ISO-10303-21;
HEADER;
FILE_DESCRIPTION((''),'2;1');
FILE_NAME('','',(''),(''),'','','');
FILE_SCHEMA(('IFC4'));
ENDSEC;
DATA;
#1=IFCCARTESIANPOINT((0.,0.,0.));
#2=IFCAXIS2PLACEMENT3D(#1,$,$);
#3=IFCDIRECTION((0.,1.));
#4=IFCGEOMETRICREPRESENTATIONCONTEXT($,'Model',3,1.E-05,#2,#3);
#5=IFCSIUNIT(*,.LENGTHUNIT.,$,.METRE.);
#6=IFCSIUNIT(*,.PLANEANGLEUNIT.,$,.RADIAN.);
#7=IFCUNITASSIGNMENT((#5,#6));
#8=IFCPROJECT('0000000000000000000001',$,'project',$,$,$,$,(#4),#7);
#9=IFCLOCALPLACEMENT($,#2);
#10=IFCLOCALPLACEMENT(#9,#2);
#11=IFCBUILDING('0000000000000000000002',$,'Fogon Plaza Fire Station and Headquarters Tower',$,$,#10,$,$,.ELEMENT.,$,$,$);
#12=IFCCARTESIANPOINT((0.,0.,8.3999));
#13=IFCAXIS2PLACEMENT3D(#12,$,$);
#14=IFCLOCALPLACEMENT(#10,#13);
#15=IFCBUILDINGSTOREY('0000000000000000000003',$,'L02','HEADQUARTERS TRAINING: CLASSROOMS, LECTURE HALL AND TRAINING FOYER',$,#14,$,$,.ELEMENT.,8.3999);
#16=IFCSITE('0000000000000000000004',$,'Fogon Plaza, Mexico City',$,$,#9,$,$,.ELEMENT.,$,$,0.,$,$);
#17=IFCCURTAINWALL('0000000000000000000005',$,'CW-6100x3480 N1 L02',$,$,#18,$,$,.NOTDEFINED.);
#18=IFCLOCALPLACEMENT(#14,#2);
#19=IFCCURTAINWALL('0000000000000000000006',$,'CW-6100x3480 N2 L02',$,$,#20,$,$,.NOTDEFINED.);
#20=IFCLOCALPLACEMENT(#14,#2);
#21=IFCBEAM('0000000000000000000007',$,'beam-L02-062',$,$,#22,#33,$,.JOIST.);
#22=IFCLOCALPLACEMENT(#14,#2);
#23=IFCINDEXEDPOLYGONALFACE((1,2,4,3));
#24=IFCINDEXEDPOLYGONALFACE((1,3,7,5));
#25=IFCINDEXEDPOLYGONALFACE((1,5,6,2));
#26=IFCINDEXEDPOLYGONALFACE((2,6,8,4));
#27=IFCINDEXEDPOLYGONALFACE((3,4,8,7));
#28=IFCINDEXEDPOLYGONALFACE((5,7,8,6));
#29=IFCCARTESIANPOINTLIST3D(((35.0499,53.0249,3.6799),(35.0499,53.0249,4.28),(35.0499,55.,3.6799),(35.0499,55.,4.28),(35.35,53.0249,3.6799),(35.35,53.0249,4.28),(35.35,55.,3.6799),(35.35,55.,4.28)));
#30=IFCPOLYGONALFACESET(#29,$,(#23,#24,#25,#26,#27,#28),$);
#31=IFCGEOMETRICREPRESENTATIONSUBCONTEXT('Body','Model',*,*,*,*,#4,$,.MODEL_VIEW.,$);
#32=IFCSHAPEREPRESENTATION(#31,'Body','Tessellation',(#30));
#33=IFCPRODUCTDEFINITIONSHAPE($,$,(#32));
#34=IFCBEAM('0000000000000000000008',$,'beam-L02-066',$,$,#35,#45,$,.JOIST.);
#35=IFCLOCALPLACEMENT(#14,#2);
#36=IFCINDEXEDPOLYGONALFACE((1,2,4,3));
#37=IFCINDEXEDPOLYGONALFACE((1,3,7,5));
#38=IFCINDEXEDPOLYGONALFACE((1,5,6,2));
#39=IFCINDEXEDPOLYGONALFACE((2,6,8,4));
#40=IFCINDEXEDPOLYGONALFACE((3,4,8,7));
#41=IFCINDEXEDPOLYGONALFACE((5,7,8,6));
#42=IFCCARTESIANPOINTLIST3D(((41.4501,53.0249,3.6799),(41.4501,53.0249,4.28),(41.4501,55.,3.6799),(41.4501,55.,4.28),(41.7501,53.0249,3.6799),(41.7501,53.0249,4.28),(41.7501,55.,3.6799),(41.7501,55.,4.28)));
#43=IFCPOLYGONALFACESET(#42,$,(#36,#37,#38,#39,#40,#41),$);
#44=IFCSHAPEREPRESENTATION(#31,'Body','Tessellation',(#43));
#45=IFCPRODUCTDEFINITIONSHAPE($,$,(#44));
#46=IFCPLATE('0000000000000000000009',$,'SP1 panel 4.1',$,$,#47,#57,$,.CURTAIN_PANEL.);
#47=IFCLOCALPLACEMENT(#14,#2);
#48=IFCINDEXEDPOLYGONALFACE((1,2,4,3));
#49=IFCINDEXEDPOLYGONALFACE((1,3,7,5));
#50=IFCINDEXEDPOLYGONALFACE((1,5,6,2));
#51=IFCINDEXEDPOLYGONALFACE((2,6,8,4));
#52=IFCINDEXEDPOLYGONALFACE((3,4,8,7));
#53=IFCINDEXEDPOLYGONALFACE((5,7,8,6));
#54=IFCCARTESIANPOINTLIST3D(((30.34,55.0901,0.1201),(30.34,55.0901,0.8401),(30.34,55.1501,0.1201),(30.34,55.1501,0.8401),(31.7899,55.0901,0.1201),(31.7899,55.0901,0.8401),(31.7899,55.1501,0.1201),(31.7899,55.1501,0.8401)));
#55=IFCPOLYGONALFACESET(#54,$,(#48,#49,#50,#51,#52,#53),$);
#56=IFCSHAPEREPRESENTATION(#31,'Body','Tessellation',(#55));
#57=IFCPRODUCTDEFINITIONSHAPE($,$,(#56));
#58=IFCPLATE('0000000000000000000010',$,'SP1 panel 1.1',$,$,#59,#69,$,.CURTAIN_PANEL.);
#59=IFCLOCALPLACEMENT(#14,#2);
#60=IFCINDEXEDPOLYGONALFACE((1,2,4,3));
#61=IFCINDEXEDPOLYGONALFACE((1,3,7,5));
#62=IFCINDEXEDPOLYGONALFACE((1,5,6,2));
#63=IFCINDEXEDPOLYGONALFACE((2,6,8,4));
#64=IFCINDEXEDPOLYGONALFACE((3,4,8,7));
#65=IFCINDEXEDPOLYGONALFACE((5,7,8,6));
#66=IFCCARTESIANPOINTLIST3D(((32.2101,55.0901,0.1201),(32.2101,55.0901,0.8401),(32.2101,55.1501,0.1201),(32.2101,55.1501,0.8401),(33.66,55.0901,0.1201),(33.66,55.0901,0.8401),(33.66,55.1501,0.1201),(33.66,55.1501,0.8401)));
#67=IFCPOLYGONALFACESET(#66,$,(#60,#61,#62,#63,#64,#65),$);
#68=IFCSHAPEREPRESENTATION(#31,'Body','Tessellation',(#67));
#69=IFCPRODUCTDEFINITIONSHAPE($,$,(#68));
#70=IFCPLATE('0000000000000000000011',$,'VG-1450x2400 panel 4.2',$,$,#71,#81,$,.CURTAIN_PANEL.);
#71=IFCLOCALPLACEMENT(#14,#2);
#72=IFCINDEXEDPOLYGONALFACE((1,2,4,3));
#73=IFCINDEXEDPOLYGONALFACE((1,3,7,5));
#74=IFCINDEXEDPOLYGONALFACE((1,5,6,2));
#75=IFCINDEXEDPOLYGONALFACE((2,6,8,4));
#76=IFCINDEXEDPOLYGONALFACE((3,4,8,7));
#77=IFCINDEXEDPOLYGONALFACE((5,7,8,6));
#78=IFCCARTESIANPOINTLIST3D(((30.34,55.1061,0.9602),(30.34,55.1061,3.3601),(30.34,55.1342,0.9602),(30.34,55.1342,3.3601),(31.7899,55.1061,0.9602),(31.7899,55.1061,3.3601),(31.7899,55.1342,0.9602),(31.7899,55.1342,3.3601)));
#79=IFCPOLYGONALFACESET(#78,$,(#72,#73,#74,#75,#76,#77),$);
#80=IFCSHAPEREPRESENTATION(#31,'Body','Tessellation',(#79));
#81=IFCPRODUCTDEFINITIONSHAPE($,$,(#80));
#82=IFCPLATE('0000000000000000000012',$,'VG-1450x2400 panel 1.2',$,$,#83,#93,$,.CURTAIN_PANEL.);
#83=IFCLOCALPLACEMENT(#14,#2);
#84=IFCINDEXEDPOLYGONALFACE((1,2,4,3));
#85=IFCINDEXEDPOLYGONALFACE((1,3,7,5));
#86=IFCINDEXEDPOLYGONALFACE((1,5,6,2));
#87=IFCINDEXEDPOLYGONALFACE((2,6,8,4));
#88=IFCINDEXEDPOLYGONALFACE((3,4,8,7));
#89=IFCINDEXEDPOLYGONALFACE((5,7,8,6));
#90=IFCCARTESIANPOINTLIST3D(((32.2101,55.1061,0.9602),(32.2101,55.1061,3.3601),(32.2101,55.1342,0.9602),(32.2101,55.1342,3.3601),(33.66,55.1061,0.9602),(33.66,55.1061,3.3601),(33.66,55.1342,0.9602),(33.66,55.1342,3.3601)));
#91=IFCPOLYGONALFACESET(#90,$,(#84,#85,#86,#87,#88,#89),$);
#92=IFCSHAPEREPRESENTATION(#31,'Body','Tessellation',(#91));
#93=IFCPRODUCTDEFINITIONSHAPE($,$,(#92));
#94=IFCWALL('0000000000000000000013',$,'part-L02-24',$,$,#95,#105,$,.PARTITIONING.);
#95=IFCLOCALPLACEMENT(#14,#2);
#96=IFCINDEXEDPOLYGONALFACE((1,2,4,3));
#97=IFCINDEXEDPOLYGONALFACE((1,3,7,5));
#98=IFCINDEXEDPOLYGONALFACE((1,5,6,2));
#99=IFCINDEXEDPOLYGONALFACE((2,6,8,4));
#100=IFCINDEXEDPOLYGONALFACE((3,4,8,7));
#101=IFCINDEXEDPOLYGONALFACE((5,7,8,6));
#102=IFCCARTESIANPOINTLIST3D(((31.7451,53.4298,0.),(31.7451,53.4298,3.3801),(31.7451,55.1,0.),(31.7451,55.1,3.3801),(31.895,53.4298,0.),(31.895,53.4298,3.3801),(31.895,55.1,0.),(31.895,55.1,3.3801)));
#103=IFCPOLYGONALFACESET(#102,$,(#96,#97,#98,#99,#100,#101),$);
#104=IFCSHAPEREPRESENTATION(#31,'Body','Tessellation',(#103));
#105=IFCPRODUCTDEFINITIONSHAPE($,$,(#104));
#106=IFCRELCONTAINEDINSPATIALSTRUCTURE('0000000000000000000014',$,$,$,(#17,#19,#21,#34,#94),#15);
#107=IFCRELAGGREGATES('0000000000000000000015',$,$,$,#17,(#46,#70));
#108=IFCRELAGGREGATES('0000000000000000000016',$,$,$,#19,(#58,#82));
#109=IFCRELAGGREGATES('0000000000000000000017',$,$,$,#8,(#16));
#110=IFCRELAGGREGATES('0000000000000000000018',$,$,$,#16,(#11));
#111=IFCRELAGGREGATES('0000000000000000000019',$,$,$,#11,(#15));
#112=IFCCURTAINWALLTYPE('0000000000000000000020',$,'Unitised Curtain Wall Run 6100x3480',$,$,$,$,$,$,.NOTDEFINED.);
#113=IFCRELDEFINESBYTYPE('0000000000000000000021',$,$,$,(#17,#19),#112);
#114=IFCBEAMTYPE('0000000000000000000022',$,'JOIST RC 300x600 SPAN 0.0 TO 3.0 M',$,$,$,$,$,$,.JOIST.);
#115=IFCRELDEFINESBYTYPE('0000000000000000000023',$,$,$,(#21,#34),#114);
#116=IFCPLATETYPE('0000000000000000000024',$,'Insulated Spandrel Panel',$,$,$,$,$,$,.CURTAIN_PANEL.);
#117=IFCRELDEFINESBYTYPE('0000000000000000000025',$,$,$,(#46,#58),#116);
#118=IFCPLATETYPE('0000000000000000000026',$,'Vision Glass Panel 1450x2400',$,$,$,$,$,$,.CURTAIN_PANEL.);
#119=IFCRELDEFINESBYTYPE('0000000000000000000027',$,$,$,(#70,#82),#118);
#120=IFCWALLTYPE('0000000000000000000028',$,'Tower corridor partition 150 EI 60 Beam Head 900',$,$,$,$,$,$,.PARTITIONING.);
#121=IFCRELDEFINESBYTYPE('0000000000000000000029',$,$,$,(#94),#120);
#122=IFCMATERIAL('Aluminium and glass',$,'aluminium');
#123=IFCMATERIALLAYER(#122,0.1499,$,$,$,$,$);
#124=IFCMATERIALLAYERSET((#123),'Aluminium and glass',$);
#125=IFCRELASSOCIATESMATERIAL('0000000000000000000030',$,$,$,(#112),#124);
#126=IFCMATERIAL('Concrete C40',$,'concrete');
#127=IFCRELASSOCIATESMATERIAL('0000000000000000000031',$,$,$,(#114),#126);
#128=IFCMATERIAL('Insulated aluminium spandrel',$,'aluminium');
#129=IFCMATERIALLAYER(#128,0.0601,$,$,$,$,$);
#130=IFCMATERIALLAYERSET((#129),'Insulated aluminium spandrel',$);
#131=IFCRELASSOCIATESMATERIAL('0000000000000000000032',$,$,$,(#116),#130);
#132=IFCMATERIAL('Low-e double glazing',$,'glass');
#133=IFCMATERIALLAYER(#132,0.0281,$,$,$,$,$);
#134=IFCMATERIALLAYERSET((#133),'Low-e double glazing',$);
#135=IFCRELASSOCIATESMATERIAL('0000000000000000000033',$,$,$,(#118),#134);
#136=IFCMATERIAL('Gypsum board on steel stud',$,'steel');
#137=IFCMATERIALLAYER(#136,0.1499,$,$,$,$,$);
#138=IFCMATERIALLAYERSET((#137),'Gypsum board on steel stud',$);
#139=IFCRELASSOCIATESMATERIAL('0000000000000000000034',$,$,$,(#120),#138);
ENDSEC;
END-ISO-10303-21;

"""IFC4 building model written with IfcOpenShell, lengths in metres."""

from ifc_helpers import new_model, si_unit, direction, frame, frame_2d, origin, origin_2d, place, context, subcontext, project, spatial, rectangle, extrude, material, layer, layer_set, material_profile, profile_set, type_object, element, aggregate, save


model = new_model("IFC4")

# Units and contexts
model_context = context("Model", 3, precision=1e-05, world=origin(), true_north=direction((0.0, 1.0)))
body_context = subcontext(model_context, "Body", "Model", "MODEL_VIEW")
ifc_project = project(units=[si_unit("LENGTHUNIT", "METRE"), si_unit("PLANEANGLEUNIT", "RADIAN")], contexts=[model_context])

# Site, building, storey
site_placement = place(None, origin())
site = spatial("IfcSite", under=ifc_project, at=site_placement, Name="Fogon Plaza, Mexico City", CompositionType="ELEMENT", RefElevation=0.0)
building_placement = place(site_placement, origin())
building = spatial("IfcBuilding", under=site, at=building_placement, Name="Fogon Plaza Fire Station and Headquarters Tower", CompositionType="ELEMENT")
storey_placement = place(building_placement, frame((0.0, 0.0, 8.3999)))
storey = spatial("IfcBuildingStorey", under=building, at=storey_placement, Name="L02", Description="HEADQUARTERS TRAINING: CLASSROOMS, LECTURE HALL AND TRAINING FOYER", CompositionType="ELEMENT", Elevation=8.3999)

# Curtain wall
ifc_material_1 = material(Name="Aluminium and glass", Category="aluminium")
ifc_layer_1 = layer(ifc_material_1, 0.1499)
ifc_layer_set_1 = layer_set([ifc_layer_1], Name="Aluminium and glass")
curtain_wall_type = type_object("IfcCurtainWallType", Name="Unitised Curtain Wall Run 6100x3480", PredefinedType="NOTDEFINED", material=ifc_layer_set_1)
curtain_wall_1_placement = place(storey_placement, origin())
curtain_wall_1 = element("IfcCurtainWall", 1, at=curtain_wall_1_placement, inside=storey, type_object=curtain_wall_type, Name="CW-6100x3480 N1 L02", PredefinedType="NOTDEFINED")

# Curtain wall
curtain_wall_2_placement = place(storey_placement, origin())
curtain_wall_2 = element("IfcCurtainWall", 2, at=curtain_wall_2_placement, inside=storey, type_object=curtain_wall_type, Name="CW-6100x3480 N2 L02", PredefinedType="NOTDEFINED")

# Beams
ifc_material_2 = material(Name="Concrete C40", Category="concrete")
ifc_material_profile_1 = material_profile(ifc_material_2, rectangle(XDim=0.3, YDim=0.6001, at=origin_2d()), Name="RC 300x600")
ifc_profile_set_1 = profile_set([ifc_material_profile_1], Name="Concrete C40")
beam_type_1 = type_object("IfcBeamType", Name="JOIST RC 300x600 SPAN 0.0 TO 3.0 M", PredefinedType="JOIST", material=ifc_profile_set_1)
for number, where, z_axis, x_axis, name in (
    (3, (35.2, 53.0249, 3.98), (0.0, 1.0, 0.0), (-1.0, 0.0, 0.0), "beam-L02-062"),
    (4, (41.6001, 53.0249, 3.98), (0.0, 1.0, 0.0), (-1.0, 0.0, 0.0), "beam-L02-066"),
):
    element("IfcBeam", number, at=place(storey_placement, frame(where, z_axis=z_axis, x_axis=x_axis)), inside=storey, type_object=beam_type_1, Name=name, PredefinedType="JOIST", context=body_context, shape_type="SweptSolid", body=[
        extrude(rectangle(XDim=0.3, YDim=0.6001, at=origin_2d()), origin(), (0.0, 0.0, 1.0), 1.9751),
    ])

# Plates
ifc_material_3 = material(Name="Insulated aluminium spandrel", Category="aluminium")
ifc_layer_2 = layer(ifc_material_3, 0.0601)
ifc_layer_set_2 = layer_set([ifc_layer_2], Name="Insulated aluminium spandrel")
plate_type_1 = type_object("IfcPlateType", Name="Insulated Spandrel Panel", PredefinedType="CURTAIN_PANEL", material=ifc_layer_set_2)
plate_1_placement = place(storey_placement, frame((31.0649, 55.1201, 0.1201), z_axis=(0.0, 0.0, 1.0), x_axis=(1.0, 0.0, 0.0)))
plate_1 = element("IfcPlate", 5, at=plate_1_placement, type_object=plate_type_1, Name="SP1 panel 4.1", PredefinedType="CURTAIN_PANEL", context=body_context, shape_type="SweptSolid", body=[
    extrude(rectangle(XDim=1.45, YDim=0.0601, at=origin_2d()), origin(), (0.0, 0.0, 1.0), 0.72),
])
plate_2_placement = place(storey_placement, frame((32.9351, 55.1201, 0.1201), z_axis=(0.0, 0.0, 1.0), x_axis=(1.0, 0.0, 0.0)))
plate_2 = element("IfcPlate", 6, at=plate_2_placement, type_object=plate_type_1, Name="SP1 panel 1.1", PredefinedType="CURTAIN_PANEL", context=body_context, shape_type="SweptSolid", body=[
    extrude(rectangle(XDim=1.45, YDim=0.0601, at=origin_2d()), origin(), (0.0, 0.0, 1.0), 0.72),
])
ifc_material_4 = material(Name="Low-e double glazing", Category="glass")
ifc_layer_3 = layer(ifc_material_4, 0.0281)
ifc_layer_set_3 = layer_set([ifc_layer_3], Name="Low-e double glazing")
plate_type_2 = type_object("IfcPlateType", Name="Vision Glass Panel 1450x2400", PredefinedType="CURTAIN_PANEL", material=ifc_layer_set_3)
plate_3_placement = place(storey_placement, frame((31.0649, 55.1201, 0.9602), z_axis=(0.0, 0.0, 1.0), x_axis=(1.0, 0.0, 0.0)))
plate_3 = element("IfcPlate", 7, at=plate_3_placement, type_object=plate_type_2, Name="VG-1450x2400 panel 4.2", PredefinedType="CURTAIN_PANEL", context=body_context, shape_type="SweptSolid", body=[
    extrude(rectangle(XDim=1.45, YDim=0.0281, at=origin_2d()), origin(), (0.0, 0.0, 1.0), 2.3999),
])
aggregate(curtain_wall_1, [plate_1, plate_3])
plate_4_placement = place(storey_placement, frame((32.9351, 55.1201, 0.9602), z_axis=(0.0, 0.0, 1.0), x_axis=(1.0, 0.0, 0.0)))
plate_4 = element("IfcPlate", 8, at=plate_4_placement, type_object=plate_type_2, Name="VG-1450x2400 panel 1.2", PredefinedType="CURTAIN_PANEL", context=body_context, shape_type="SweptSolid", body=[
    extrude(rectangle(XDim=1.45, YDim=0.0281, at=origin_2d()), origin(), (0.0, 0.0, 1.0), 2.3999),
])
aggregate(curtain_wall_2, [plate_2, plate_4])

# Wall
ifc_material_5 = material(Name="Gypsum board on steel stud", Category="steel")
ifc_layer_4 = layer(ifc_material_5, 0.1499)
ifc_layer_set_4 = layer_set([ifc_layer_4], Name="Gypsum board on steel stud")
wall_type = type_object("IfcWallType", Name="Tower corridor partition 150 EI 60 Beam Head 900", PredefinedType="PARTITIONING", material=ifc_layer_set_4)
wall_placement = place(storey_placement, frame((31.8201, 53.4299, 0.0), z_axis=(0.0, 0.0, 1.0), x_axis=(0.0, 1.0, 0.0)))
element("IfcWall", 9, at=wall_placement, inside=storey, type_object=wall_type, Name="part-L02-24", PredefinedType="PARTITIONING", context=body_context, shape_type="SweptSolid", body=[
    extrude(rectangle(XDim=1.6702, YDim=0.1499, at=frame_2d((0.835, 0.0))), origin(), (0.0, 0.0, 1.0), 3.3801),
])

save(model, "model.ifc")
